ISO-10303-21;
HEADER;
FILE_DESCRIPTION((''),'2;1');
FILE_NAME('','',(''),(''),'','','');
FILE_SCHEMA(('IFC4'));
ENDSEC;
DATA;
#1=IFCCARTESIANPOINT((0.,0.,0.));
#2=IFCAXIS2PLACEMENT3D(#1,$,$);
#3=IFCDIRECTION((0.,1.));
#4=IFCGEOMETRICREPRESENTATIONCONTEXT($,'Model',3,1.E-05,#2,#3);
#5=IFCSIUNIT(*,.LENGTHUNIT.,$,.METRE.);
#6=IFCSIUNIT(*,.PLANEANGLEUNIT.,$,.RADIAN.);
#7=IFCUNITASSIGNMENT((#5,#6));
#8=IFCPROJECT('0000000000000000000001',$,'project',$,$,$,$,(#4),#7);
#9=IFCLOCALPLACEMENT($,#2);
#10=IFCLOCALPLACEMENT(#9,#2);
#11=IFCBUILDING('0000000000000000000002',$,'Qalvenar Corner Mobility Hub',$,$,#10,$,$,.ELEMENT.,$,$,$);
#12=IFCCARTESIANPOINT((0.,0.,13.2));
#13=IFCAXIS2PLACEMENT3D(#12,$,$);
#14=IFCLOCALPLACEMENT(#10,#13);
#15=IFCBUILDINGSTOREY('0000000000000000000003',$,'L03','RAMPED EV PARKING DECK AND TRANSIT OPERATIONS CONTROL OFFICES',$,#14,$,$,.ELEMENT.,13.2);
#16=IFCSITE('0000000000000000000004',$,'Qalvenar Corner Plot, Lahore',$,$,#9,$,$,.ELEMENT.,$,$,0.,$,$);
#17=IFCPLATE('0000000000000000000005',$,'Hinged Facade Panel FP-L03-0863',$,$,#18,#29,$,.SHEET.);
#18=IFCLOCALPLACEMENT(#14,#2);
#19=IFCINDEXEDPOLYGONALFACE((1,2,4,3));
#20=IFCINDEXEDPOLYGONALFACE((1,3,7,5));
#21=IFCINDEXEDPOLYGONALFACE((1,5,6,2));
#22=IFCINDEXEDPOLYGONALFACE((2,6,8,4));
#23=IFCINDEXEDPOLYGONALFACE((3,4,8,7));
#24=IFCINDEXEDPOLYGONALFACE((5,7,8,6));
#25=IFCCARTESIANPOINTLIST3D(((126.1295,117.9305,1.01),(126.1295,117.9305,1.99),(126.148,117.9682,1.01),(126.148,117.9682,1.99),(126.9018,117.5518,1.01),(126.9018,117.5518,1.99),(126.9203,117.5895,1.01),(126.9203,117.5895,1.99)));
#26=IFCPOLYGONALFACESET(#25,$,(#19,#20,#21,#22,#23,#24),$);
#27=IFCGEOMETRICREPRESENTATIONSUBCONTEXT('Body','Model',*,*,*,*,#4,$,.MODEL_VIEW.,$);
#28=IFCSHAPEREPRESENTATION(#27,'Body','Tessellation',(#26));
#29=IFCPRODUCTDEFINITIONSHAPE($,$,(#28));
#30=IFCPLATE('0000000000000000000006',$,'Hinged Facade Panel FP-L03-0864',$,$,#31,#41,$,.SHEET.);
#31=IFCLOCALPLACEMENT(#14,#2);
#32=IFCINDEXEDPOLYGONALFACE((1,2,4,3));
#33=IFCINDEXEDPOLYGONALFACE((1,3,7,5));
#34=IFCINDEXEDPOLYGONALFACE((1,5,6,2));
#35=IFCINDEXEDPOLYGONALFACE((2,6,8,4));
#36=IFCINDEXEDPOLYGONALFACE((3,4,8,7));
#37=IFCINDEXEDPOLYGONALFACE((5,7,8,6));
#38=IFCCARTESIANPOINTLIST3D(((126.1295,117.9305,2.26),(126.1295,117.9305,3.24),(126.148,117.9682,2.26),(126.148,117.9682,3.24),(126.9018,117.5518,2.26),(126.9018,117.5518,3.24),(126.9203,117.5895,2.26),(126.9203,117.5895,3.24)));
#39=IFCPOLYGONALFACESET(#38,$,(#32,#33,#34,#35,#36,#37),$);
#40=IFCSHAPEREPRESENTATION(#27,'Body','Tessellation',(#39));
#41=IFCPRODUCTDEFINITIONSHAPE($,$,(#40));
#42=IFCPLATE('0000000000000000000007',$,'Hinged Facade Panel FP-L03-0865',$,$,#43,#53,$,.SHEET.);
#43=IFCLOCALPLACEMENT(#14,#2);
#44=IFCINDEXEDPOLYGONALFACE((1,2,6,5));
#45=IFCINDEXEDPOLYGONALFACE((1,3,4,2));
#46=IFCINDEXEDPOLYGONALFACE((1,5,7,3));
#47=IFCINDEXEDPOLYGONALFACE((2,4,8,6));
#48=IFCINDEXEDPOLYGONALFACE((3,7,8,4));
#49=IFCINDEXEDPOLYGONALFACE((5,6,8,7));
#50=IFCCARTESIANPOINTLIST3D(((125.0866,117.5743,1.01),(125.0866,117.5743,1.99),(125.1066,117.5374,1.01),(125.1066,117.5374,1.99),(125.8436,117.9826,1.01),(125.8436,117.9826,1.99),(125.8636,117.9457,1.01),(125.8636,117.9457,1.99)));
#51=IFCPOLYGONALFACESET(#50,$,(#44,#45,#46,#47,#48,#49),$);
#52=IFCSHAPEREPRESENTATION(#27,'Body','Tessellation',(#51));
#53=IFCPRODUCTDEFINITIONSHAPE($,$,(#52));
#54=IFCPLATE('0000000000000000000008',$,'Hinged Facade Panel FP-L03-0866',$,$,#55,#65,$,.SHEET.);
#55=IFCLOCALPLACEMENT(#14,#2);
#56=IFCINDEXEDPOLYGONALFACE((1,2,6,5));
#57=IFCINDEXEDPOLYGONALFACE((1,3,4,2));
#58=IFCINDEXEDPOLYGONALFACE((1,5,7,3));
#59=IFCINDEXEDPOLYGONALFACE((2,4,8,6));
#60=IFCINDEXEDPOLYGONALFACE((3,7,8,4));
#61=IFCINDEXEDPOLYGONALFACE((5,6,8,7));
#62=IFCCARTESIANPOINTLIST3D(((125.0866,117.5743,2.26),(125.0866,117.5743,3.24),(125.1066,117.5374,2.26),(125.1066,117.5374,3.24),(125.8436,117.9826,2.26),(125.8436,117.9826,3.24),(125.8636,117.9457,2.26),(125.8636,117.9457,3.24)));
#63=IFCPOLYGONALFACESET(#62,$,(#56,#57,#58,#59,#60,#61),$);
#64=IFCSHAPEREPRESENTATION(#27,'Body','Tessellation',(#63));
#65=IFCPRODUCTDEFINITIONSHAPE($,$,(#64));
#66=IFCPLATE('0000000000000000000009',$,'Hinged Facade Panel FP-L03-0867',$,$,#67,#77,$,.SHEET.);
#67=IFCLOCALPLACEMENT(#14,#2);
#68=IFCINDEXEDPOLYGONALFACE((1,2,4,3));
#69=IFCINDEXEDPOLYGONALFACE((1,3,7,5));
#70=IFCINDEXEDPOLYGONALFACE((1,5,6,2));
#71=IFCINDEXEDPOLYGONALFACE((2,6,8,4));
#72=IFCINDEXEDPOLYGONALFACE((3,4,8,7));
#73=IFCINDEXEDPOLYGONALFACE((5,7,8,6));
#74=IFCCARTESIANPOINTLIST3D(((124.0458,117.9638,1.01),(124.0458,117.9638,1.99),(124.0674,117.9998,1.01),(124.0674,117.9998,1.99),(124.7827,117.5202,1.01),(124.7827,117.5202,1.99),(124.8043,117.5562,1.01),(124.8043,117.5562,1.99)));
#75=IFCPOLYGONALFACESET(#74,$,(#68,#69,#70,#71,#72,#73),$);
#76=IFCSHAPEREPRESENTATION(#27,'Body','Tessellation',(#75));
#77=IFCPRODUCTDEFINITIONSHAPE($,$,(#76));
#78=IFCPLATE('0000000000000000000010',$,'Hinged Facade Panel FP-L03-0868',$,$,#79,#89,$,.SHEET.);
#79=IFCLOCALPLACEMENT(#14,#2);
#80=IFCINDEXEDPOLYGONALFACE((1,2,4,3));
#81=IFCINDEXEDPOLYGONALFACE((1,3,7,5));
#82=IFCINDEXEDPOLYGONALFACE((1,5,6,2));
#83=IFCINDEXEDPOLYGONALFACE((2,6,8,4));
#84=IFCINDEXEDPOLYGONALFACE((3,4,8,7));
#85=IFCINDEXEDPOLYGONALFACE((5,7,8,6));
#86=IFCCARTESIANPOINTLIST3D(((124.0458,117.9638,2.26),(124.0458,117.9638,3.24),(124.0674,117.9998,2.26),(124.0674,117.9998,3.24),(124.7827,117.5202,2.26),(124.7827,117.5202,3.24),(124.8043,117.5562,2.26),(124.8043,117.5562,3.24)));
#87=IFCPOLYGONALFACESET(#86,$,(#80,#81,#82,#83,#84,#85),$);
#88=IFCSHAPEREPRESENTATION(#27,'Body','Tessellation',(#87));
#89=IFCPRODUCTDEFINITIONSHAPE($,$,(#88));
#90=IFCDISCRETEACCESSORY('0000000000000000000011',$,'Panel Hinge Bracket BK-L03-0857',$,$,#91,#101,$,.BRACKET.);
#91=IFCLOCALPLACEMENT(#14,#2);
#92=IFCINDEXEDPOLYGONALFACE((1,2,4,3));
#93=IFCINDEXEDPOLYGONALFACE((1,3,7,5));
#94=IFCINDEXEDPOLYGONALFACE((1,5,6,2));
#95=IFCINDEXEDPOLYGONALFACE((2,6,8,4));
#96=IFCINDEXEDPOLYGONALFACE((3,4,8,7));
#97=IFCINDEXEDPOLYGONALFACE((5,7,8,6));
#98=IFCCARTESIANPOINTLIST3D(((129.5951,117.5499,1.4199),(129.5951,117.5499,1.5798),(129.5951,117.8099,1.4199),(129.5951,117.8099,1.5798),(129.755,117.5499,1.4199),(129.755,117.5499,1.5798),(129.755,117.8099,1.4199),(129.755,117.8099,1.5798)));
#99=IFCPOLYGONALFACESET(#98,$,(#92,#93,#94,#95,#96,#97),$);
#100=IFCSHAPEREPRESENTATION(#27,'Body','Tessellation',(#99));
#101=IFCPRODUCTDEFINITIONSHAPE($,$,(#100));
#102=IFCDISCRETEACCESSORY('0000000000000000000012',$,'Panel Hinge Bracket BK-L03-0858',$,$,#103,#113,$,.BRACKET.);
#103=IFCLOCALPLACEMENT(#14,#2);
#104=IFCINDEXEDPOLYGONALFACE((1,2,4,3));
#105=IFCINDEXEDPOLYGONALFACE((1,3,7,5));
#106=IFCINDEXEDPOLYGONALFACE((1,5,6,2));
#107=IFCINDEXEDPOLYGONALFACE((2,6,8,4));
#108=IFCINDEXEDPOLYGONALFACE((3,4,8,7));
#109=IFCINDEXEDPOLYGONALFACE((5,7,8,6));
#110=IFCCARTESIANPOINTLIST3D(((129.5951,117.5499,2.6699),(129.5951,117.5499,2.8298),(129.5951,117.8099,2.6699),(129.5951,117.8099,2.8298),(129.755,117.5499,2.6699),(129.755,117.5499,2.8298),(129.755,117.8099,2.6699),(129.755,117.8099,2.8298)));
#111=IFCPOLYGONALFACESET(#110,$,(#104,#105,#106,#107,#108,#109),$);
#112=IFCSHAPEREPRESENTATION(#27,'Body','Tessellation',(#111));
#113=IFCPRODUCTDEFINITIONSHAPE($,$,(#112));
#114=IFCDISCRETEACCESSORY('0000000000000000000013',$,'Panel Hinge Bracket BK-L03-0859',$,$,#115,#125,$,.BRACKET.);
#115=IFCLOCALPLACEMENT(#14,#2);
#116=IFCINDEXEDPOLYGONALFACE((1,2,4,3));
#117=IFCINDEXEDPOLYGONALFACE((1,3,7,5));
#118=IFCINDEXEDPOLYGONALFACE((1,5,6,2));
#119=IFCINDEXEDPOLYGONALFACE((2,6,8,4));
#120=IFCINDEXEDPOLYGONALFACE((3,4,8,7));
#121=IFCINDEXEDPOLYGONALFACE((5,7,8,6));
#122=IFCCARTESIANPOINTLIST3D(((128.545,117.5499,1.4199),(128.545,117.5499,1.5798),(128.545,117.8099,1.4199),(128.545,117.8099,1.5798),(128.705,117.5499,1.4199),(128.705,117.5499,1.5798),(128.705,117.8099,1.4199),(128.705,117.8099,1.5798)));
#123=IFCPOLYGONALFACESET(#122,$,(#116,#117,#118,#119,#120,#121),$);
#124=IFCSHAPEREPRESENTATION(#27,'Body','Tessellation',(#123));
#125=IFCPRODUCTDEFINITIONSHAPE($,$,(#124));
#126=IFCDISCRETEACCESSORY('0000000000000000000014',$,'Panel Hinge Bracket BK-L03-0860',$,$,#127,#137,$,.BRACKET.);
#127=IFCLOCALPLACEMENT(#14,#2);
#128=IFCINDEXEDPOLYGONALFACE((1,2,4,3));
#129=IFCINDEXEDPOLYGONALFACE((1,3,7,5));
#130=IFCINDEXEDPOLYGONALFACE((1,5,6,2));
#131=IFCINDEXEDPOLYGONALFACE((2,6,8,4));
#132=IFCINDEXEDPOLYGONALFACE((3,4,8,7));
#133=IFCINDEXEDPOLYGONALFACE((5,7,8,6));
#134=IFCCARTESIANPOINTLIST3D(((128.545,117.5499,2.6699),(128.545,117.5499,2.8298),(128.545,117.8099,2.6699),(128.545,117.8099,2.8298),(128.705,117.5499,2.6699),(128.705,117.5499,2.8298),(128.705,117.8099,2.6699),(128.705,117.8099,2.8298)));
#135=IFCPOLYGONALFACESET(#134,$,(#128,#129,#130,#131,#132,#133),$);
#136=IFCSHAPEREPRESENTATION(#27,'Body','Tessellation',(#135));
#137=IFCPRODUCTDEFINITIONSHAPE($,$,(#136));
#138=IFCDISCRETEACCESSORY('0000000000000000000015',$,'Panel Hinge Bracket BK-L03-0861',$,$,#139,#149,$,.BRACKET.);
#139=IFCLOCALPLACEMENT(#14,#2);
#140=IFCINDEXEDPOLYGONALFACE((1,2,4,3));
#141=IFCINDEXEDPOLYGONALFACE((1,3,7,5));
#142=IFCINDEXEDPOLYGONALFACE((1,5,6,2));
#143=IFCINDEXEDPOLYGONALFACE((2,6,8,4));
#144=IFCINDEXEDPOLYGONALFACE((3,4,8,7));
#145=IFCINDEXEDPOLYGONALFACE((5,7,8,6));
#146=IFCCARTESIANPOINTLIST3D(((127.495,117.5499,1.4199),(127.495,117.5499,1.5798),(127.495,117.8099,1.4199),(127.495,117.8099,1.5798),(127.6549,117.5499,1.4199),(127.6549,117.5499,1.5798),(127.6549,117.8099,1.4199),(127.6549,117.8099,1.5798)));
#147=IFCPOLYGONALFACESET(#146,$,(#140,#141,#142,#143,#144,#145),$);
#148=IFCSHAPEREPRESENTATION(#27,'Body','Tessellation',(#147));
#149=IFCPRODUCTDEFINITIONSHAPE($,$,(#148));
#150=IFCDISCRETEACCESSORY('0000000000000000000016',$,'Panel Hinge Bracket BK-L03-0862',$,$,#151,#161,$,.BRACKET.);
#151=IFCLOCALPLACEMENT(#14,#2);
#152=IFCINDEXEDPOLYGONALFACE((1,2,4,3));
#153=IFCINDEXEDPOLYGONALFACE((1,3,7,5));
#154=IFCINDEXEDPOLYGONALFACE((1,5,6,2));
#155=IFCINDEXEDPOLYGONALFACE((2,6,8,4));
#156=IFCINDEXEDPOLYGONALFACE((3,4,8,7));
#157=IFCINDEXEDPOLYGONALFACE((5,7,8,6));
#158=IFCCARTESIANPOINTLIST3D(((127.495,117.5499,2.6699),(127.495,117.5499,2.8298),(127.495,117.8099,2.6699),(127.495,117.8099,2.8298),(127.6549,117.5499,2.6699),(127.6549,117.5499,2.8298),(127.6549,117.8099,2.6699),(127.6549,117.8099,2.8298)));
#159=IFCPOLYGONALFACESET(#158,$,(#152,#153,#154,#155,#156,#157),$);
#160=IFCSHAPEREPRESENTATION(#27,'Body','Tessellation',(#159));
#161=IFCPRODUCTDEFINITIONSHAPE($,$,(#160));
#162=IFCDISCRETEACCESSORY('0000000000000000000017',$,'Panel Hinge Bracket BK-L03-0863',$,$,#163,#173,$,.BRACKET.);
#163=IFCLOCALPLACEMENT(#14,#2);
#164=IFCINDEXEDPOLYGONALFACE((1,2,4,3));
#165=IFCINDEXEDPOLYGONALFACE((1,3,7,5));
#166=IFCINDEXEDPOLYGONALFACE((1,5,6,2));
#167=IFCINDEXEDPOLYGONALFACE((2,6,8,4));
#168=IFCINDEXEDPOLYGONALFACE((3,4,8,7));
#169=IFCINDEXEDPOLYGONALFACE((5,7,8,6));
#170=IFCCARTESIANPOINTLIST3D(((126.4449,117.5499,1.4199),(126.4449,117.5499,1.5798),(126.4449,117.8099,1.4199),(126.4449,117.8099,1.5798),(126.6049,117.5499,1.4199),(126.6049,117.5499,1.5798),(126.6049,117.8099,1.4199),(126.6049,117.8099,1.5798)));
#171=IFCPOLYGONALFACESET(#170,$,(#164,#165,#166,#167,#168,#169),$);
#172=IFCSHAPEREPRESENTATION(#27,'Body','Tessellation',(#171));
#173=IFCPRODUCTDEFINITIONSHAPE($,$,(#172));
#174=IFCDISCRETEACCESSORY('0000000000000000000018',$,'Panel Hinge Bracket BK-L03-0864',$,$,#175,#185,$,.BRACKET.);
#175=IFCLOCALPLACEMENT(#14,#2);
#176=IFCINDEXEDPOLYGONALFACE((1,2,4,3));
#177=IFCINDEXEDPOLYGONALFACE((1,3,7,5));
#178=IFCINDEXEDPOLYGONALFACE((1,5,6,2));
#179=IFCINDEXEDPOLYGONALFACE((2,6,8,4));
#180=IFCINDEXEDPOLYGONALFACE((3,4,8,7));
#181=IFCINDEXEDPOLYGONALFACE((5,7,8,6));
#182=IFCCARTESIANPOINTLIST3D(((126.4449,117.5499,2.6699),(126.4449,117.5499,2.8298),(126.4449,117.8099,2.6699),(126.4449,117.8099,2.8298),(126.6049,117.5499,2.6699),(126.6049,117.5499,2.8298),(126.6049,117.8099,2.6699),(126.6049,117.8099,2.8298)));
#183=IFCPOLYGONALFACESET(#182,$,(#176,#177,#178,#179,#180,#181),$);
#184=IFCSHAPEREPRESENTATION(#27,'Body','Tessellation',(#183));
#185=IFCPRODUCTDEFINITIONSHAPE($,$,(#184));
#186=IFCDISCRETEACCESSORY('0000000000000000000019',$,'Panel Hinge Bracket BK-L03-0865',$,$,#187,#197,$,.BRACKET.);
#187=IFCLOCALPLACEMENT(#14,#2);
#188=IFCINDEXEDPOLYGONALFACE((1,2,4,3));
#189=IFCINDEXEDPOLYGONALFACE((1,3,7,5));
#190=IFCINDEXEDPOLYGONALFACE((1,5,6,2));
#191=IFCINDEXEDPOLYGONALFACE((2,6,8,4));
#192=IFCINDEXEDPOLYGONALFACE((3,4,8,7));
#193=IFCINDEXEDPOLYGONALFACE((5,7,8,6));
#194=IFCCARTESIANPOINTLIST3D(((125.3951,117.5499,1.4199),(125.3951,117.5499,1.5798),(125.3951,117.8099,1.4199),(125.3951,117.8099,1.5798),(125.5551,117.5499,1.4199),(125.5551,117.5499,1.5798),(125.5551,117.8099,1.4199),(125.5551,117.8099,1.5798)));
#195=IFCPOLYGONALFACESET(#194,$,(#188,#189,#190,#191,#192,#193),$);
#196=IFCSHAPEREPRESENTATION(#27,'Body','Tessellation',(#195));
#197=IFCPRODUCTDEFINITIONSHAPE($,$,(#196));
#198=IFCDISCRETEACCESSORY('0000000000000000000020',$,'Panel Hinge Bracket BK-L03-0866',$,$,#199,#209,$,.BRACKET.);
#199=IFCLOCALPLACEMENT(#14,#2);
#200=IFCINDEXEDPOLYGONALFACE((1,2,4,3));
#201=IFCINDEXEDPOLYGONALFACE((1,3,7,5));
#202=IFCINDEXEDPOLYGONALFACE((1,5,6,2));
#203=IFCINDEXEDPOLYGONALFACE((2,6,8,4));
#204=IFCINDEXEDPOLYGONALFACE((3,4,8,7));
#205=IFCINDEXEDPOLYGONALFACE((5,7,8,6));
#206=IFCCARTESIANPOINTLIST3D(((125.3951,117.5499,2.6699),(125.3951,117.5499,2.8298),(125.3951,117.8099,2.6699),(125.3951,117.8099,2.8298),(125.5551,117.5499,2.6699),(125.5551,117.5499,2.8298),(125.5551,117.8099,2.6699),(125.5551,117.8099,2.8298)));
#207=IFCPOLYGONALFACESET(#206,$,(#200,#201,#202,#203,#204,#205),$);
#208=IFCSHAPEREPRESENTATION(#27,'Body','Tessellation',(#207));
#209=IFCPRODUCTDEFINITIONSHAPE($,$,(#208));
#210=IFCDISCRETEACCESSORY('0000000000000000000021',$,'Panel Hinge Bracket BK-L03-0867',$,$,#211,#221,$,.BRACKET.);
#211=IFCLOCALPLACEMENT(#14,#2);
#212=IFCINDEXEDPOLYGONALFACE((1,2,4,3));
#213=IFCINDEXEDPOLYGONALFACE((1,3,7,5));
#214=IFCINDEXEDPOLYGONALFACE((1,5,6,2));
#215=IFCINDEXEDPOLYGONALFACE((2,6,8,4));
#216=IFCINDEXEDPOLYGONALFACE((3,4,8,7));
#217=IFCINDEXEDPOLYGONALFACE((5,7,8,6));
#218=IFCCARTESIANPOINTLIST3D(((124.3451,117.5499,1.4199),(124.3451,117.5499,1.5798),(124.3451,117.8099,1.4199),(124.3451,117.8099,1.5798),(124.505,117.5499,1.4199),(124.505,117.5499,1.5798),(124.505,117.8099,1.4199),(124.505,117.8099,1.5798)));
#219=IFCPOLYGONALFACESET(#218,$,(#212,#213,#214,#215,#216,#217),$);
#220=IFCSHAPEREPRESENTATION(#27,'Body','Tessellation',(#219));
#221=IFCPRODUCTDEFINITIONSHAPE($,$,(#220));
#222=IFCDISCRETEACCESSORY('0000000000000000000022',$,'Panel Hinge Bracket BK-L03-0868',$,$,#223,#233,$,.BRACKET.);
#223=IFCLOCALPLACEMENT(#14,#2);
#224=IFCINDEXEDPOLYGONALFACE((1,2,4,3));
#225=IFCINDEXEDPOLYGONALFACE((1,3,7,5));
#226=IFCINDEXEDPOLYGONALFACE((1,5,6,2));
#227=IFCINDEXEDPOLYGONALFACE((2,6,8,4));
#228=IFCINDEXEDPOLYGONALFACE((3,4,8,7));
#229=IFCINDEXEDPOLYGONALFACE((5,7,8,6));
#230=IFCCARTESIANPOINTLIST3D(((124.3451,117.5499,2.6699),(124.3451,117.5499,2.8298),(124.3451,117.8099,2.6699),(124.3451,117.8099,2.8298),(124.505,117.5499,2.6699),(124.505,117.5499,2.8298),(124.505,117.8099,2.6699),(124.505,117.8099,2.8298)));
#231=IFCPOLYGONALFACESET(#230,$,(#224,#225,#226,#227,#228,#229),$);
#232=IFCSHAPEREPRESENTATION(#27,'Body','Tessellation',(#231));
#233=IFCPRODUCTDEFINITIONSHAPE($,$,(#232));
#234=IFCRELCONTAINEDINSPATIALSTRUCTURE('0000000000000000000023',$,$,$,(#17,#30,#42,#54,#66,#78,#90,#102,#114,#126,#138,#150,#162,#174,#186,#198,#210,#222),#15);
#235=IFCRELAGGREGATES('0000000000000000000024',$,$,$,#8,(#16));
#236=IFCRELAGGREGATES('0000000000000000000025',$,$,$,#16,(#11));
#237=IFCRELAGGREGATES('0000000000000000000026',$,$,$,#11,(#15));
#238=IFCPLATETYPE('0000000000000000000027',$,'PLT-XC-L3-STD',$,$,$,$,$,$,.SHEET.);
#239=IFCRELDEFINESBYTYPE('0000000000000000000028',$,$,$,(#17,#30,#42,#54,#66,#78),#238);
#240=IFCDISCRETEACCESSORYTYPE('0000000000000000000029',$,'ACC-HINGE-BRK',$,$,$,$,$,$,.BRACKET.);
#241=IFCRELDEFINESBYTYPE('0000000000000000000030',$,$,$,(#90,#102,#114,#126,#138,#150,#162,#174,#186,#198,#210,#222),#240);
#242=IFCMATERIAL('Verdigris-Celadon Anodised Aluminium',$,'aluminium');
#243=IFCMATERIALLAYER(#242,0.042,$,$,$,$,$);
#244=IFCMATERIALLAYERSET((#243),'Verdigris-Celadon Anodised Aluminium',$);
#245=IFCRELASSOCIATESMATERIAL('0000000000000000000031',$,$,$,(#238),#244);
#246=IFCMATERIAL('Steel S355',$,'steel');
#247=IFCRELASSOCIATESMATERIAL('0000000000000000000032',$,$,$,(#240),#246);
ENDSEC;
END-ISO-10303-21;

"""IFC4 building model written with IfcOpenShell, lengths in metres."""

from ifc_helpers import new_model, si_unit, direction, frame, origin, origin_2d, place, context, subcontext, project, spatial, rectangle, extrude, material, layer, layer_set, type_object, element, save


model = new_model("IFC4")

# Units and contexts
model_context = context("Model", 3, precision=1e-05, world=origin(), true_north=direction((0.0, 1.0)))
body_context = subcontext(model_context, "Body", "Model", "MODEL_VIEW")
ifc_project = project(units=[si_unit("LENGTHUNIT", "METRE"), si_unit("PLANEANGLEUNIT", "RADIAN")], contexts=[model_context])

# Site, building, storey
site_placement = place(None, origin())
site = spatial("IfcSite", under=ifc_project, at=site_placement, Name="Qalvenar Corner Plot, Lahore", CompositionType="ELEMENT", RefElevation=0.0)
building_placement = place(site_placement, origin())
building = spatial("IfcBuilding", under=site, at=building_placement, Name="Qalvenar Corner Mobility Hub", CompositionType="ELEMENT")
storey_placement = place(building_placement, frame((0.0, 0.0, 13.2)))
storey = spatial("IfcBuildingStorey", under=building, at=storey_placement, Name="L03", Description="RAMPED EV PARKING DECK AND TRANSIT OPERATIONS CONTROL OFFICES", CompositionType="ELEMENT", Elevation=13.2)

# Shared definitions
ifc_material_1 = material(Name="Steel S355", Category="steel")

# Plates
ifc_material_2 = material(Name="Verdigris-Celadon Anodised Aluminium", Category="aluminium")
ifc_layer = layer(ifc_material_2, 0.042)
ifc_layer_set = layer_set([ifc_layer], Name="Verdigris-Celadon Anodised Aluminium")
plate_type = type_object("IfcPlateType", Name="PLT-XC-L3-STD", PredefinedType="SHEET", material=ifc_layer_set)
for number, where, z_axis, x_axis, name in (
    (1, (126.5249, 117.76, 1.01), (0.0, 0.0, 1.0), (-0.897874, 0.440253, 0.0), "Hinged Facade Panel FP-L03-0863"),
    (2, (126.5249, 117.76, 2.26), (0.0, 0.0, 1.0), (-0.897874, 0.440253, 0.0), "Hinged Facade Panel FP-L03-0864"),
    (3, (125.4751, 117.76, 1.01), (0.0, 0.0, 1.0), (-0.880146, -0.474703, 0.0), "Hinged Facade Panel FP-L03-0865"),
    (4, (125.4751, 117.76, 2.26), (0.0, 0.0, 1.0), (-0.880146, -0.474703, 0.0), "Hinged Facade Panel FP-L03-0866"),
    (5, (124.425, 117.76, 1.01), (0.0, 0.0, 1.0), (-0.856718, 0.515786, 0.0), "Hinged Facade Panel FP-L03-0867"),
    (6, (124.425, 117.76, 2.26), (0.0, 0.0, 1.0), (-0.856718, 0.515786, 0.0), "Hinged Facade Panel FP-L03-0868"),
):
    element("IfcPlate", number, at=place(storey_placement, frame(where, z_axis=z_axis, x_axis=x_axis)), inside=storey, type_object=plate_type, Name=name, PredefinedType="SHEET", context=body_context, shape_type="SweptSolid", body=[
        extrude(rectangle(XDim=0.8601, YDim=0.042, at=origin_2d()), origin(), (0.0, 0.0, 1.0), 0.98),
    ])

# Discrete accessories
discrete_accessory_type = type_object("IfcDiscreteAccessoryType", Name="ACC-HINGE-BRK", PredefinedType="BRACKET", material=ifc_material_1)
for number, where, z_axis, x_axis, name in (
    (7, (129.675, 117.6799, 1.4199), (0.0, 0.0, 1.0), (-1.0, 0.0, 0.0), "Panel Hinge Bracket BK-L03-0857"),
    (8, (129.675, 117.6799, 2.6699), (0.0, 0.0, 1.0), (-1.0, 0.0, 0.0), "Panel Hinge Bracket BK-L03-0858"),
    (9, (128.625, 117.6799, 1.4199), (0.0, 0.0, 1.0), (-1.0, 0.0, 0.0), "Panel Hinge Bracket BK-L03-0859"),
    (10, (128.625, 117.6799, 2.6699), (0.0, 0.0, 1.0), (-1.0, 0.0, 0.0), "Panel Hinge Bracket BK-L03-0860"),
    (11, (127.575, 117.6799, 1.4199), (0.0, 0.0, 1.0), (-1.0, 0.0, 0.0), "Panel Hinge Bracket BK-L03-0861"),
    (12, (127.575, 117.6799, 2.6699), (0.0, 0.0, 1.0), (-1.0, 0.0, 0.0), "Panel Hinge Bracket BK-L03-0862"),
    (13, (126.5249, 117.6799, 1.4199), (0.0, 0.0, 1.0), (-1.0, 0.0, 0.0), "Panel Hinge Bracket BK-L03-0863"),
    (14, (126.5249, 117.6799, 2.6699), (0.0, 0.0, 1.0), (-1.0, 0.0, 0.0), "Panel Hinge Bracket BK-L03-0864"),
    (15, (125.4751, 117.6799, 1.4199), (0.0, 0.0, 1.0), (-1.0, 0.0, 0.0), "Panel Hinge Bracket BK-L03-0865"),
    (16, (125.4751, 117.6799, 2.6699), (0.0, 0.0, 1.0), (-1.0, 0.0, 0.0), "Panel Hinge Bracket BK-L03-0866"),
    (17, (124.425, 117.6799, 1.4199), (0.0, 0.0, 1.0), (-1.0, 0.0, 0.0), "Panel Hinge Bracket BK-L03-0867"),
    (18, (124.425, 117.6799, 2.6699), (0.0, 0.0, 1.0), (-1.0, 0.0, 0.0), "Panel Hinge Bracket BK-L03-0868"),
):
    element("IfcDiscreteAccessory", number, at=place(storey_placement, frame(where, z_axis=z_axis, x_axis=x_axis)), inside=storey, type_object=discrete_accessory_type, Name=name, PredefinedType="BRACKET", context=body_context, shape_type="SweptSolid", body=[
        extrude(rectangle(XDim=0.1599, YDim=0.26, at=origin_2d()), origin(), (0.0, 0.0, 1.0), 0.1599),
    ])

save(model, "model.ifc")
